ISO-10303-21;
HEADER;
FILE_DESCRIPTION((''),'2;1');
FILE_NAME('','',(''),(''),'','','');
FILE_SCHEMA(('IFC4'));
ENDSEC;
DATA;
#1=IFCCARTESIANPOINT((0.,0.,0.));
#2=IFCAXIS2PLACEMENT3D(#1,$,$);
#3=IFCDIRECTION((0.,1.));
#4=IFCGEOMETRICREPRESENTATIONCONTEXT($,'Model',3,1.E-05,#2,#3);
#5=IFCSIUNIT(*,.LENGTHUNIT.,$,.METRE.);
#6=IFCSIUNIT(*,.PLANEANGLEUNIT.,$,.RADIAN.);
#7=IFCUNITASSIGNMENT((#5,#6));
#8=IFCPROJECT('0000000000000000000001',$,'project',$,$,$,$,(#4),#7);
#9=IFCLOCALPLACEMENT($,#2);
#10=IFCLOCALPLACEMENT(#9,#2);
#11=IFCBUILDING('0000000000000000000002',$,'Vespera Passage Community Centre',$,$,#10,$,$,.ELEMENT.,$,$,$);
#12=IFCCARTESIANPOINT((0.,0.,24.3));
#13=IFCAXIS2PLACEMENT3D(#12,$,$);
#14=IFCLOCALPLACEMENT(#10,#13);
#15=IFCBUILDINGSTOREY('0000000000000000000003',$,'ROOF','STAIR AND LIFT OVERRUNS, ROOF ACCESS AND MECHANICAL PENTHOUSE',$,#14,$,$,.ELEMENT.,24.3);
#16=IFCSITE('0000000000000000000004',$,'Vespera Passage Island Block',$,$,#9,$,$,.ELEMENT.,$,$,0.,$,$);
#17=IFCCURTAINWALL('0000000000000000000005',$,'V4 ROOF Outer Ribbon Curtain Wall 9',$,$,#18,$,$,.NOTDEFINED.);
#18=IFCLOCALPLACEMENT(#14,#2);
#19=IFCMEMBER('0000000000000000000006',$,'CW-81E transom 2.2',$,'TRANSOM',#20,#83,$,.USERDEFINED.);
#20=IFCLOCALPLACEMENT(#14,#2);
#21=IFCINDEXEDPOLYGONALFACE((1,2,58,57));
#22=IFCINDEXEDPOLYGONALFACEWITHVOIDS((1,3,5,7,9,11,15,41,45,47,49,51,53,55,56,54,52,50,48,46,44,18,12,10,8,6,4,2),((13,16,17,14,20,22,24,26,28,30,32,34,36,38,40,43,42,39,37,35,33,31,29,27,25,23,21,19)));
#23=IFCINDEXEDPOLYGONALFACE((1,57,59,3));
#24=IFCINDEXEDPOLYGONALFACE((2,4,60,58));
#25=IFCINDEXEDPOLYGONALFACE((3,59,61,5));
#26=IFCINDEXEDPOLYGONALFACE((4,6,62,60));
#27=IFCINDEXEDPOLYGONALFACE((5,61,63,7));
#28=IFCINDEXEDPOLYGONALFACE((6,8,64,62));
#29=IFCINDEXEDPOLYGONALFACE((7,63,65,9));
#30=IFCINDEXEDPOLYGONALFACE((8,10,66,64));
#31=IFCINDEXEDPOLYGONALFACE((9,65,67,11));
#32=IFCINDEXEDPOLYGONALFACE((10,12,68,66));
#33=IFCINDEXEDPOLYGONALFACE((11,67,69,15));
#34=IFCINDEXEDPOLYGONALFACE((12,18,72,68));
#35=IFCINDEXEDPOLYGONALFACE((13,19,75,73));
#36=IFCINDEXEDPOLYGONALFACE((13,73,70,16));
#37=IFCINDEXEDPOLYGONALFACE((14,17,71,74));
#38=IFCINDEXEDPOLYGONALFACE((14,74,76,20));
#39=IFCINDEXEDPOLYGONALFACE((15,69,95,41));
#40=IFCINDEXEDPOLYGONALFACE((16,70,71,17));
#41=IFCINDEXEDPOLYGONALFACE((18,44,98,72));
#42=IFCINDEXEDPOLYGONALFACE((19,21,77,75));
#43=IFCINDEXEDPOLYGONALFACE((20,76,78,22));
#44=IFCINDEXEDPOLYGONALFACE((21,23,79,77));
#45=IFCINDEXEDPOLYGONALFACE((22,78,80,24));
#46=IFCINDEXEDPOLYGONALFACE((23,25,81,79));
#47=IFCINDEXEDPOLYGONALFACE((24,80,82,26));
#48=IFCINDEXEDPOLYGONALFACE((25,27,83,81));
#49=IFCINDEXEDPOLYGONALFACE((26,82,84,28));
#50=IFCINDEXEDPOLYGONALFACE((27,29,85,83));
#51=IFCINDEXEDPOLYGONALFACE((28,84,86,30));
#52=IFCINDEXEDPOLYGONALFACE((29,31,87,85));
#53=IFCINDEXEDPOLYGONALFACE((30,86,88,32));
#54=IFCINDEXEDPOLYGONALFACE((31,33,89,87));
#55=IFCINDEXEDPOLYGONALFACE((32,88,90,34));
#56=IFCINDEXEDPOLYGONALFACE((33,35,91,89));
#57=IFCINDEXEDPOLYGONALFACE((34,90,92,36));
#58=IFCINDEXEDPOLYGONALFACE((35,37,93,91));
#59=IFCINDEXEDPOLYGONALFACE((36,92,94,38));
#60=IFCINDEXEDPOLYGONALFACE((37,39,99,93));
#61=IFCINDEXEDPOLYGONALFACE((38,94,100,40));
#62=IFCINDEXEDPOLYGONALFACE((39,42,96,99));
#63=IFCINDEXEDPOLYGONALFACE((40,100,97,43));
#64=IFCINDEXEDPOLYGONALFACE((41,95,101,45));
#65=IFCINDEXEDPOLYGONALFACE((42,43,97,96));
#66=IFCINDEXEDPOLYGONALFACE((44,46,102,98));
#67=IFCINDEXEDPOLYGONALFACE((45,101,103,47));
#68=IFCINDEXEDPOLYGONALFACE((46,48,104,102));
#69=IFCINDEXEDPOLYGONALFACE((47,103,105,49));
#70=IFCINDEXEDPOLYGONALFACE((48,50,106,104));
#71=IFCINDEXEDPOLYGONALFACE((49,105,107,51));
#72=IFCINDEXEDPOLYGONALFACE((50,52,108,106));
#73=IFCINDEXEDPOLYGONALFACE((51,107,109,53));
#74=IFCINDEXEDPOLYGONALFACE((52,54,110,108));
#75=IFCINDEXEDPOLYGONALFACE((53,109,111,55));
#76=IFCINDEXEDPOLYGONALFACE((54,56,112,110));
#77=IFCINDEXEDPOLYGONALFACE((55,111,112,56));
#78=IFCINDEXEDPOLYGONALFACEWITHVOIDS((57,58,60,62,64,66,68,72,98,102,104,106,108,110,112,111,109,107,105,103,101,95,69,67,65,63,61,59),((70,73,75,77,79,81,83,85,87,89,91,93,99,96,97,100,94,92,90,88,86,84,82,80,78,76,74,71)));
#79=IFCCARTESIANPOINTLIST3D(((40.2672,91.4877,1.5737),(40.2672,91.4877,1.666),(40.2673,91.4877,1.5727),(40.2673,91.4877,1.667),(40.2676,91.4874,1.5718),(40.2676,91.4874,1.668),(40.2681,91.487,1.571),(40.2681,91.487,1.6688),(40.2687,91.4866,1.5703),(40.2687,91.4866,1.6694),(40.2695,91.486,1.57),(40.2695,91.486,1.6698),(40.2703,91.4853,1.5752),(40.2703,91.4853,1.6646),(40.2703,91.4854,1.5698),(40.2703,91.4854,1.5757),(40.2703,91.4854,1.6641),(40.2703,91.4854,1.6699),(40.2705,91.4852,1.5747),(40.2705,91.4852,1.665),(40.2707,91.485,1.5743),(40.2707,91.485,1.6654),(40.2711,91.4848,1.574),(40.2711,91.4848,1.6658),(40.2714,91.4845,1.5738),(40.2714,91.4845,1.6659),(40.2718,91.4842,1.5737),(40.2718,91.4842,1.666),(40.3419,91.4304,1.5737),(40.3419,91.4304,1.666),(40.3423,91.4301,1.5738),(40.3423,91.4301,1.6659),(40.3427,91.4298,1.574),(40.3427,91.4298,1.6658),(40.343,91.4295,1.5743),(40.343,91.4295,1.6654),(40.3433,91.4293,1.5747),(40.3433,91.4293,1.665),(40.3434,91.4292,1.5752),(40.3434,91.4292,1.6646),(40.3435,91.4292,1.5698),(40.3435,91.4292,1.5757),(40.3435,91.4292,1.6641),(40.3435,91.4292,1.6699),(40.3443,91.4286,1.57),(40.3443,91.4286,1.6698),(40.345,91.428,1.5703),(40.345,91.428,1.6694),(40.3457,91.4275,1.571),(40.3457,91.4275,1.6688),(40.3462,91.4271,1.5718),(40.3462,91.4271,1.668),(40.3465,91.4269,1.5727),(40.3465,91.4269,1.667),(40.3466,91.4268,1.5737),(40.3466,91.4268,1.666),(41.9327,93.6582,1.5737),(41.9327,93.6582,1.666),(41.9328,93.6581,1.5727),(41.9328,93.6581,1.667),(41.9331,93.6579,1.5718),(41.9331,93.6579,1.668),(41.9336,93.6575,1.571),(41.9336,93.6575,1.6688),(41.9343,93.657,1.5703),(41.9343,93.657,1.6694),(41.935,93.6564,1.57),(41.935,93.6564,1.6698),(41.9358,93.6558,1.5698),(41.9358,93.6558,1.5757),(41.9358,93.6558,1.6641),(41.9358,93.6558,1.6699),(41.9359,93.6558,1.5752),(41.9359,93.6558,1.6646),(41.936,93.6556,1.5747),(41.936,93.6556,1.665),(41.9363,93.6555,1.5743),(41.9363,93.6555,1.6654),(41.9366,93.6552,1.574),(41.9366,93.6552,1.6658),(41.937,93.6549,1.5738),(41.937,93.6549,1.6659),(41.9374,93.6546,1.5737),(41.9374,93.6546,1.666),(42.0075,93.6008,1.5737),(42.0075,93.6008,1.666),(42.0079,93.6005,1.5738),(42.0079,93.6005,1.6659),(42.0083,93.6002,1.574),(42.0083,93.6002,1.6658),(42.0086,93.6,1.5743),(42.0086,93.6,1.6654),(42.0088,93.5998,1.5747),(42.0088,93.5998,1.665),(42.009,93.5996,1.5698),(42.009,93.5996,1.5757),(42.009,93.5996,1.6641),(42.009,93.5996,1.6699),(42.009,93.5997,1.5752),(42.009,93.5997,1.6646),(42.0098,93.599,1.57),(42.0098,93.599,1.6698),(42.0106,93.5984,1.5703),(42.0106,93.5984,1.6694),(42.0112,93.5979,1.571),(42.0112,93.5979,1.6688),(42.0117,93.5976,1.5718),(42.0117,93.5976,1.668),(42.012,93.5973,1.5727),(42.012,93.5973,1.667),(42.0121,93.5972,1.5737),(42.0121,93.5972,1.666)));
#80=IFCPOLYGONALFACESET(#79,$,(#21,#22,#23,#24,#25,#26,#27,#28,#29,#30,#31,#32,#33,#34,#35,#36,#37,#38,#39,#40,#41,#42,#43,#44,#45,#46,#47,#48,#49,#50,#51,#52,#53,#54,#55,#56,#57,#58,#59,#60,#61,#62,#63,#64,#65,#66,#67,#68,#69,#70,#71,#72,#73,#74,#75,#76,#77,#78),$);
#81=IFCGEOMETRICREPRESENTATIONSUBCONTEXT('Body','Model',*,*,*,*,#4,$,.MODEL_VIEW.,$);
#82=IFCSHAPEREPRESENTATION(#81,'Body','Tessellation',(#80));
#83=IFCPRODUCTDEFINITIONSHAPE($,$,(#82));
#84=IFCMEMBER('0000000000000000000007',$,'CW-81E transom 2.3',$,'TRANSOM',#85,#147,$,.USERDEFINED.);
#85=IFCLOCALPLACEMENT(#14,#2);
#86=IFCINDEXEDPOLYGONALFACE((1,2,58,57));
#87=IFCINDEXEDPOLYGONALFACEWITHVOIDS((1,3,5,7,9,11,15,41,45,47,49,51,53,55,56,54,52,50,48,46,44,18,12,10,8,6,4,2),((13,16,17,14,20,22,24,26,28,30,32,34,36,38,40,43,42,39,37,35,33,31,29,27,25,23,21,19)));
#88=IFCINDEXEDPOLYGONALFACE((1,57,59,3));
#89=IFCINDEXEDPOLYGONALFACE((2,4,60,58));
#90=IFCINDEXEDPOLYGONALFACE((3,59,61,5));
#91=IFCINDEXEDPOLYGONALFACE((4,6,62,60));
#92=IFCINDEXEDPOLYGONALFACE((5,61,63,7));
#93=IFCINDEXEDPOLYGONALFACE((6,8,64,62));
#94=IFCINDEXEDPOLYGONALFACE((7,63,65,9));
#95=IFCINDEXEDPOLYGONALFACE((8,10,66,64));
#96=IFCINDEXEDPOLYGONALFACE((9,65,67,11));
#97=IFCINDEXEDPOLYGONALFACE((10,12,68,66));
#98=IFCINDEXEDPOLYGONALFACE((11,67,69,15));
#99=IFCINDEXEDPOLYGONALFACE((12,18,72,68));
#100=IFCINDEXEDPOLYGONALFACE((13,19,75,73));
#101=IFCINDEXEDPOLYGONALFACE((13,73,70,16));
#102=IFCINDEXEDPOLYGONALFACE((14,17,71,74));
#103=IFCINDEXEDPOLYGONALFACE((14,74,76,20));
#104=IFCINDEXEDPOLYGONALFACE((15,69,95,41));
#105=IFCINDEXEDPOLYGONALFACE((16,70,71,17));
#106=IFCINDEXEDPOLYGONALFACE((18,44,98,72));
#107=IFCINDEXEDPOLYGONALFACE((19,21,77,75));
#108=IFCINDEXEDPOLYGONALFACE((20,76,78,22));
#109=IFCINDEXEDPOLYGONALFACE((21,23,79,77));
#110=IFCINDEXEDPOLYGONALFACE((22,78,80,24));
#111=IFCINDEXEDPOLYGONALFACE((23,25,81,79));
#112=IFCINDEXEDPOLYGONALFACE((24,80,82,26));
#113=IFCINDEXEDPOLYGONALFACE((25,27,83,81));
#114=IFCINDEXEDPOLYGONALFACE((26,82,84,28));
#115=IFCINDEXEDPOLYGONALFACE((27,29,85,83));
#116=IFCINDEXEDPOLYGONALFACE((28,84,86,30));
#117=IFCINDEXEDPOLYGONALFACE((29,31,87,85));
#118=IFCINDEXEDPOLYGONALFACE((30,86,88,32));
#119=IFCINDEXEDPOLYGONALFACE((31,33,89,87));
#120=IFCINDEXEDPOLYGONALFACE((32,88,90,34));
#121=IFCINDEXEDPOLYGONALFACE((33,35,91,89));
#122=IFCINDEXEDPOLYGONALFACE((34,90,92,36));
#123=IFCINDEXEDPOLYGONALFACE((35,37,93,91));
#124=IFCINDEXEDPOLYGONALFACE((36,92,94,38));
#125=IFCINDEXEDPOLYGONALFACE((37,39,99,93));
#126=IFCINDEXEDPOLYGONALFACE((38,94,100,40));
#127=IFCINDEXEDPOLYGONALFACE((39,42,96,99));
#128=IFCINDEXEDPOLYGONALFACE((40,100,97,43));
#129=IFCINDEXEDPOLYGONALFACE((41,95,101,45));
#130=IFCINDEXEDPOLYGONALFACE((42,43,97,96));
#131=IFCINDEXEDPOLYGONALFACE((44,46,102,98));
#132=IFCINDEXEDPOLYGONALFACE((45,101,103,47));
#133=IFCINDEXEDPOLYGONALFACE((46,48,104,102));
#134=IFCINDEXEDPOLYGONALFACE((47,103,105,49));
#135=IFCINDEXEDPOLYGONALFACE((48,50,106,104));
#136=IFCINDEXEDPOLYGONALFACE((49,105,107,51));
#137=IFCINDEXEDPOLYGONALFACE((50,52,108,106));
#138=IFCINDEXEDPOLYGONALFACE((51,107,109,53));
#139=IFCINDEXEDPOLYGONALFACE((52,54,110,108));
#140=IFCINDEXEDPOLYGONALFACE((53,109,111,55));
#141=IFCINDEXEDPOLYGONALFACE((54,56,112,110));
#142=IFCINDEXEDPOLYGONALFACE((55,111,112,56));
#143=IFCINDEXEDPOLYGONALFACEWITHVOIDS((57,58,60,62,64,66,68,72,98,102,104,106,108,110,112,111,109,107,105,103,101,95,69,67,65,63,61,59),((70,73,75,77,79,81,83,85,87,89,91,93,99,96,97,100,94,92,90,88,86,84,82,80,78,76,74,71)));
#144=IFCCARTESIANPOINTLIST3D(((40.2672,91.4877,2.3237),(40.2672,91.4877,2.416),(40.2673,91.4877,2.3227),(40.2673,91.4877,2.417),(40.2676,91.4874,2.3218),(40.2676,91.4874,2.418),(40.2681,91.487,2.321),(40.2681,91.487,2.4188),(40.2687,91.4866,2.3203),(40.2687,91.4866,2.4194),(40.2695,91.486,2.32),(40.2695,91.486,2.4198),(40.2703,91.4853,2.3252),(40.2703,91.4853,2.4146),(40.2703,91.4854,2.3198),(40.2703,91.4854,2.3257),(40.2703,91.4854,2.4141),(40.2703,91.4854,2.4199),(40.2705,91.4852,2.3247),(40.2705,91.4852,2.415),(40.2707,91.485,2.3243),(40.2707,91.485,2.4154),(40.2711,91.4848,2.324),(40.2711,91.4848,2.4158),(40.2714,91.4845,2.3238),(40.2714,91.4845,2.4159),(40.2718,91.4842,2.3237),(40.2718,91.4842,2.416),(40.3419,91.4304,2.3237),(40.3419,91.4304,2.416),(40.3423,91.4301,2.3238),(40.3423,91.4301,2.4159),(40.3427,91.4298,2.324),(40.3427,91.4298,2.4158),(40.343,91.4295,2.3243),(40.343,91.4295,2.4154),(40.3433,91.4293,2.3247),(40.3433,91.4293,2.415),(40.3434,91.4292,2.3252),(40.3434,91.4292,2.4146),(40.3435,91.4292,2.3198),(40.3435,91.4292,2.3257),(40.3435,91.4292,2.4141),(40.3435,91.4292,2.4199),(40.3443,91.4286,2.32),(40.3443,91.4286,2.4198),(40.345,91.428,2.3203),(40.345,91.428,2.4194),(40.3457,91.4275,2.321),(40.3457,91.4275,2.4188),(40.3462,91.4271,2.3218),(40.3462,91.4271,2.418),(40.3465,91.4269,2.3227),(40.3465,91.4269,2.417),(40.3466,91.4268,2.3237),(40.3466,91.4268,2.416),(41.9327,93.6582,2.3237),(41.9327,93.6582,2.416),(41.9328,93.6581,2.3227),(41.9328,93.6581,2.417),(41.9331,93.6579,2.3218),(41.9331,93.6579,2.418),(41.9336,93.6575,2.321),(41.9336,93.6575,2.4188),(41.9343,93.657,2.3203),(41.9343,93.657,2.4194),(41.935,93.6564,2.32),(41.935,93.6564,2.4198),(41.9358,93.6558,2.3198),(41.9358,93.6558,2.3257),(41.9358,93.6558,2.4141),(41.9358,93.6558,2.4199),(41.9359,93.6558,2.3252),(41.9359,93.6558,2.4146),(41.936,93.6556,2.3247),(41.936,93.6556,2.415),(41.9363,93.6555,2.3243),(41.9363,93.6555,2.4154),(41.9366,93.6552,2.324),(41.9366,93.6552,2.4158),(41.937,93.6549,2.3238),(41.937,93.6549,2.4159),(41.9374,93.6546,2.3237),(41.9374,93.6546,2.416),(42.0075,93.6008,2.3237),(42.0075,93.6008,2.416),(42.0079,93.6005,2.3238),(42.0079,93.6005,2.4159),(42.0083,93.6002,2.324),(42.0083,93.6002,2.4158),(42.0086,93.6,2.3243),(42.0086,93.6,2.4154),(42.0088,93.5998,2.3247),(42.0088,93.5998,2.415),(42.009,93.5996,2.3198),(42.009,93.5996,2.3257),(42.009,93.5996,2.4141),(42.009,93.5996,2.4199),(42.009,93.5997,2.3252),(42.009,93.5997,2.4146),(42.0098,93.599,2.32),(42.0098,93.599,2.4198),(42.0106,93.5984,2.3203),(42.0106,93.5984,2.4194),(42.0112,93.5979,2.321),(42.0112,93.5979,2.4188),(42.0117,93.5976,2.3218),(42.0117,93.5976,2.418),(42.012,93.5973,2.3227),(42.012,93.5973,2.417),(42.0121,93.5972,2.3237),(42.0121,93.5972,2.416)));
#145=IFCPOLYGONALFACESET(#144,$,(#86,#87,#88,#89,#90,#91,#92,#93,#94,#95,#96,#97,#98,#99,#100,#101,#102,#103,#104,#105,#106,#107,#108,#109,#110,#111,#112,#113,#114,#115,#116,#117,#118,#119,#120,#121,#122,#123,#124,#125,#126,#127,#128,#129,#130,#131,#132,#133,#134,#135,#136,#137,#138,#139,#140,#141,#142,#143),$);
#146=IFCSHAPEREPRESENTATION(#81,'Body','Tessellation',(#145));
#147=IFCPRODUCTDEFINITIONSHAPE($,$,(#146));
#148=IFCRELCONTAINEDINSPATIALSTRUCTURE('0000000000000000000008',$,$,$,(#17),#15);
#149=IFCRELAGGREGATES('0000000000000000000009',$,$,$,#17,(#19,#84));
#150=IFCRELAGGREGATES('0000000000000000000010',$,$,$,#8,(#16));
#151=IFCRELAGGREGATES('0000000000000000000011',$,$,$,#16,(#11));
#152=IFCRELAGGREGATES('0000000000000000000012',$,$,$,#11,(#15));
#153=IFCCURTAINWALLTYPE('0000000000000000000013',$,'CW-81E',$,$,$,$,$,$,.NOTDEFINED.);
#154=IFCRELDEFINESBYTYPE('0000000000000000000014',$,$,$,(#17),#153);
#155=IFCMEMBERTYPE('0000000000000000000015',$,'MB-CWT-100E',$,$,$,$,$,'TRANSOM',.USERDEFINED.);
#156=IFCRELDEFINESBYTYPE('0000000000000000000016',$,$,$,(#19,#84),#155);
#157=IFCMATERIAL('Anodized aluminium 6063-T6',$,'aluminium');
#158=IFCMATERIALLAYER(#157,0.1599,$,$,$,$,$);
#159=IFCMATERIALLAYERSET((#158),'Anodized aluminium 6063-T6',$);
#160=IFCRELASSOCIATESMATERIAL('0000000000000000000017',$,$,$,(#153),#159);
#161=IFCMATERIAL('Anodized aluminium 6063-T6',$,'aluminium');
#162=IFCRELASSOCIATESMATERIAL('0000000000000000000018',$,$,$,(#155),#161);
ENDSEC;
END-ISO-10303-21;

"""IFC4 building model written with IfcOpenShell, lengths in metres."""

from ifc_helpers import new_model, si_unit, direction, frame, origin, origin_2d, place, context, subcontext, project, spatial, hollow_rectangle, extrude, material, layer, layer_set, material_profile, profile_set, type_object, element, aggregate, save


model = new_model("IFC4")

# Units and contexts
model_context = context("Model", 3, precision=1e-05, world=origin(), true_north=direction((0.0, 1.0)))
body_context = subcontext(model_context, "Body", "Model", "MODEL_VIEW")
ifc_project = project(units=[si_unit("LENGTHUNIT", "METRE"), si_unit("PLANEANGLEUNIT", "RADIAN")], contexts=[model_context])

# Site, building, storey
site_placement = place(None, origin())
site = spatial("IfcSite", under=ifc_project, at=site_placement, Name="Vespera Passage Island Block", CompositionType="ELEMENT", RefElevation=0.0)
building_placement = place(site_placement, origin())
building = spatial("IfcBuilding", under=site, at=building_placement, Name="Vespera Passage Community Centre", CompositionType="ELEMENT")
storey_placement = place(building_placement, frame((0.0, 0.0, 24.3)))
storey = spatial("IfcBuildingStorey", under=building, at=storey_placement, Name="ROOF", Description="STAIR AND LIFT OVERRUNS, ROOF ACCESS AND MECHANICAL PENTHOUSE", CompositionType="ELEMENT", Elevation=24.3)

# Curtain wall
ifc_material_1 = material(Name="Anodized aluminium 6063-T6", Category="aluminium")
ifc_layer_1 = layer(ifc_material_1, 0.1599)
ifc_layer_set_1 = layer_set([ifc_layer_1], Name="Anodized aluminium 6063-T6")
curtain_wall_type_1 = type_object("IfcCurtainWallType", Name="CW-81E", PredefinedType="NOTDEFINED", material=ifc_layer_set_1)
curtain_wall_1_placement = place(storey_placement, origin())
curtain_wall_1 = element("IfcCurtainWall", 1, at=curtain_wall_1_placement, inside=storey, type_object=curtain_wall_type_1, Name="V4 ROOF Outer Ribbon Curtain Wall 9", PredefinedType="NOTDEFINED")

# Members
ifc_material_2 = material(Name="Anodized aluminium 6063-T6", Category="aluminium")
ifc_material_profile_1 = material_profile(ifc_material_2, hollow_rectangle(XDim=0.1001, YDim=0.1001, WallThickness=0.0039, InnerFilletRadius=0.002, OuterFilletRadius=0.0039, at=origin_2d()), Name="ALU100X100X4")
ifc_profile_set_1 = profile_set([ifc_material_profile_1], Name="Anodized aluminium 6063-T6")
member_type_1 = type_object("IfcMemberType", Name="MB-CWT-100E", ElementType="TRANSOM", PredefinedType="USERDEFINED", material=ifc_profile_set_1)
member_1_placement = place(storey_placement, frame((40.3069, 91.4573, 1.6199), z_axis=(0.608787, 0.793333, 0.0), x_axis=(-0.793333, 0.608787, 0.0)))
member_1 = element("IfcMember", 2, at=member_1_placement, type_object=member_type_1, Name="CW-81E transom 2.2", ObjectType="TRANSOM", PredefinedType="USERDEFINED", context=body_context, shape_type="SweptSolid", body=[
    extrude(hollow_rectangle(XDim=0.1001, YDim=0.1001, WallThickness=0.0039, InnerFilletRadius=0.002, OuterFilletRadius=0.0039, at=origin_2d()), origin(), (0.0, 0.0, 1.0), 2.7358),
])
member_2_placement = place(storey_placement, frame((40.3069, 91.4573, 2.3699), z_axis=(0.608787, 0.793333, 0.0), x_axis=(-0.793333, 0.608787, 0.0)))
member_2 = element("IfcMember", 3, at=member_2_placement, type_object=member_type_1, Name="CW-81E transom 2.3", ObjectType="TRANSOM", PredefinedType="USERDEFINED", context=body_context, shape_type="SweptSolid", body=[
    extrude(hollow_rectangle(XDim=0.1001, YDim=0.1001, WallThickness=0.0039, InnerFilletRadius=0.002, OuterFilletRadius=0.0039, at=origin_2d()), origin(), (0.0, 0.0, 1.0), 2.7358),
])

aggregate(curtain_wall_1, [member_1, member_2])

save(model, "model.ifc")
